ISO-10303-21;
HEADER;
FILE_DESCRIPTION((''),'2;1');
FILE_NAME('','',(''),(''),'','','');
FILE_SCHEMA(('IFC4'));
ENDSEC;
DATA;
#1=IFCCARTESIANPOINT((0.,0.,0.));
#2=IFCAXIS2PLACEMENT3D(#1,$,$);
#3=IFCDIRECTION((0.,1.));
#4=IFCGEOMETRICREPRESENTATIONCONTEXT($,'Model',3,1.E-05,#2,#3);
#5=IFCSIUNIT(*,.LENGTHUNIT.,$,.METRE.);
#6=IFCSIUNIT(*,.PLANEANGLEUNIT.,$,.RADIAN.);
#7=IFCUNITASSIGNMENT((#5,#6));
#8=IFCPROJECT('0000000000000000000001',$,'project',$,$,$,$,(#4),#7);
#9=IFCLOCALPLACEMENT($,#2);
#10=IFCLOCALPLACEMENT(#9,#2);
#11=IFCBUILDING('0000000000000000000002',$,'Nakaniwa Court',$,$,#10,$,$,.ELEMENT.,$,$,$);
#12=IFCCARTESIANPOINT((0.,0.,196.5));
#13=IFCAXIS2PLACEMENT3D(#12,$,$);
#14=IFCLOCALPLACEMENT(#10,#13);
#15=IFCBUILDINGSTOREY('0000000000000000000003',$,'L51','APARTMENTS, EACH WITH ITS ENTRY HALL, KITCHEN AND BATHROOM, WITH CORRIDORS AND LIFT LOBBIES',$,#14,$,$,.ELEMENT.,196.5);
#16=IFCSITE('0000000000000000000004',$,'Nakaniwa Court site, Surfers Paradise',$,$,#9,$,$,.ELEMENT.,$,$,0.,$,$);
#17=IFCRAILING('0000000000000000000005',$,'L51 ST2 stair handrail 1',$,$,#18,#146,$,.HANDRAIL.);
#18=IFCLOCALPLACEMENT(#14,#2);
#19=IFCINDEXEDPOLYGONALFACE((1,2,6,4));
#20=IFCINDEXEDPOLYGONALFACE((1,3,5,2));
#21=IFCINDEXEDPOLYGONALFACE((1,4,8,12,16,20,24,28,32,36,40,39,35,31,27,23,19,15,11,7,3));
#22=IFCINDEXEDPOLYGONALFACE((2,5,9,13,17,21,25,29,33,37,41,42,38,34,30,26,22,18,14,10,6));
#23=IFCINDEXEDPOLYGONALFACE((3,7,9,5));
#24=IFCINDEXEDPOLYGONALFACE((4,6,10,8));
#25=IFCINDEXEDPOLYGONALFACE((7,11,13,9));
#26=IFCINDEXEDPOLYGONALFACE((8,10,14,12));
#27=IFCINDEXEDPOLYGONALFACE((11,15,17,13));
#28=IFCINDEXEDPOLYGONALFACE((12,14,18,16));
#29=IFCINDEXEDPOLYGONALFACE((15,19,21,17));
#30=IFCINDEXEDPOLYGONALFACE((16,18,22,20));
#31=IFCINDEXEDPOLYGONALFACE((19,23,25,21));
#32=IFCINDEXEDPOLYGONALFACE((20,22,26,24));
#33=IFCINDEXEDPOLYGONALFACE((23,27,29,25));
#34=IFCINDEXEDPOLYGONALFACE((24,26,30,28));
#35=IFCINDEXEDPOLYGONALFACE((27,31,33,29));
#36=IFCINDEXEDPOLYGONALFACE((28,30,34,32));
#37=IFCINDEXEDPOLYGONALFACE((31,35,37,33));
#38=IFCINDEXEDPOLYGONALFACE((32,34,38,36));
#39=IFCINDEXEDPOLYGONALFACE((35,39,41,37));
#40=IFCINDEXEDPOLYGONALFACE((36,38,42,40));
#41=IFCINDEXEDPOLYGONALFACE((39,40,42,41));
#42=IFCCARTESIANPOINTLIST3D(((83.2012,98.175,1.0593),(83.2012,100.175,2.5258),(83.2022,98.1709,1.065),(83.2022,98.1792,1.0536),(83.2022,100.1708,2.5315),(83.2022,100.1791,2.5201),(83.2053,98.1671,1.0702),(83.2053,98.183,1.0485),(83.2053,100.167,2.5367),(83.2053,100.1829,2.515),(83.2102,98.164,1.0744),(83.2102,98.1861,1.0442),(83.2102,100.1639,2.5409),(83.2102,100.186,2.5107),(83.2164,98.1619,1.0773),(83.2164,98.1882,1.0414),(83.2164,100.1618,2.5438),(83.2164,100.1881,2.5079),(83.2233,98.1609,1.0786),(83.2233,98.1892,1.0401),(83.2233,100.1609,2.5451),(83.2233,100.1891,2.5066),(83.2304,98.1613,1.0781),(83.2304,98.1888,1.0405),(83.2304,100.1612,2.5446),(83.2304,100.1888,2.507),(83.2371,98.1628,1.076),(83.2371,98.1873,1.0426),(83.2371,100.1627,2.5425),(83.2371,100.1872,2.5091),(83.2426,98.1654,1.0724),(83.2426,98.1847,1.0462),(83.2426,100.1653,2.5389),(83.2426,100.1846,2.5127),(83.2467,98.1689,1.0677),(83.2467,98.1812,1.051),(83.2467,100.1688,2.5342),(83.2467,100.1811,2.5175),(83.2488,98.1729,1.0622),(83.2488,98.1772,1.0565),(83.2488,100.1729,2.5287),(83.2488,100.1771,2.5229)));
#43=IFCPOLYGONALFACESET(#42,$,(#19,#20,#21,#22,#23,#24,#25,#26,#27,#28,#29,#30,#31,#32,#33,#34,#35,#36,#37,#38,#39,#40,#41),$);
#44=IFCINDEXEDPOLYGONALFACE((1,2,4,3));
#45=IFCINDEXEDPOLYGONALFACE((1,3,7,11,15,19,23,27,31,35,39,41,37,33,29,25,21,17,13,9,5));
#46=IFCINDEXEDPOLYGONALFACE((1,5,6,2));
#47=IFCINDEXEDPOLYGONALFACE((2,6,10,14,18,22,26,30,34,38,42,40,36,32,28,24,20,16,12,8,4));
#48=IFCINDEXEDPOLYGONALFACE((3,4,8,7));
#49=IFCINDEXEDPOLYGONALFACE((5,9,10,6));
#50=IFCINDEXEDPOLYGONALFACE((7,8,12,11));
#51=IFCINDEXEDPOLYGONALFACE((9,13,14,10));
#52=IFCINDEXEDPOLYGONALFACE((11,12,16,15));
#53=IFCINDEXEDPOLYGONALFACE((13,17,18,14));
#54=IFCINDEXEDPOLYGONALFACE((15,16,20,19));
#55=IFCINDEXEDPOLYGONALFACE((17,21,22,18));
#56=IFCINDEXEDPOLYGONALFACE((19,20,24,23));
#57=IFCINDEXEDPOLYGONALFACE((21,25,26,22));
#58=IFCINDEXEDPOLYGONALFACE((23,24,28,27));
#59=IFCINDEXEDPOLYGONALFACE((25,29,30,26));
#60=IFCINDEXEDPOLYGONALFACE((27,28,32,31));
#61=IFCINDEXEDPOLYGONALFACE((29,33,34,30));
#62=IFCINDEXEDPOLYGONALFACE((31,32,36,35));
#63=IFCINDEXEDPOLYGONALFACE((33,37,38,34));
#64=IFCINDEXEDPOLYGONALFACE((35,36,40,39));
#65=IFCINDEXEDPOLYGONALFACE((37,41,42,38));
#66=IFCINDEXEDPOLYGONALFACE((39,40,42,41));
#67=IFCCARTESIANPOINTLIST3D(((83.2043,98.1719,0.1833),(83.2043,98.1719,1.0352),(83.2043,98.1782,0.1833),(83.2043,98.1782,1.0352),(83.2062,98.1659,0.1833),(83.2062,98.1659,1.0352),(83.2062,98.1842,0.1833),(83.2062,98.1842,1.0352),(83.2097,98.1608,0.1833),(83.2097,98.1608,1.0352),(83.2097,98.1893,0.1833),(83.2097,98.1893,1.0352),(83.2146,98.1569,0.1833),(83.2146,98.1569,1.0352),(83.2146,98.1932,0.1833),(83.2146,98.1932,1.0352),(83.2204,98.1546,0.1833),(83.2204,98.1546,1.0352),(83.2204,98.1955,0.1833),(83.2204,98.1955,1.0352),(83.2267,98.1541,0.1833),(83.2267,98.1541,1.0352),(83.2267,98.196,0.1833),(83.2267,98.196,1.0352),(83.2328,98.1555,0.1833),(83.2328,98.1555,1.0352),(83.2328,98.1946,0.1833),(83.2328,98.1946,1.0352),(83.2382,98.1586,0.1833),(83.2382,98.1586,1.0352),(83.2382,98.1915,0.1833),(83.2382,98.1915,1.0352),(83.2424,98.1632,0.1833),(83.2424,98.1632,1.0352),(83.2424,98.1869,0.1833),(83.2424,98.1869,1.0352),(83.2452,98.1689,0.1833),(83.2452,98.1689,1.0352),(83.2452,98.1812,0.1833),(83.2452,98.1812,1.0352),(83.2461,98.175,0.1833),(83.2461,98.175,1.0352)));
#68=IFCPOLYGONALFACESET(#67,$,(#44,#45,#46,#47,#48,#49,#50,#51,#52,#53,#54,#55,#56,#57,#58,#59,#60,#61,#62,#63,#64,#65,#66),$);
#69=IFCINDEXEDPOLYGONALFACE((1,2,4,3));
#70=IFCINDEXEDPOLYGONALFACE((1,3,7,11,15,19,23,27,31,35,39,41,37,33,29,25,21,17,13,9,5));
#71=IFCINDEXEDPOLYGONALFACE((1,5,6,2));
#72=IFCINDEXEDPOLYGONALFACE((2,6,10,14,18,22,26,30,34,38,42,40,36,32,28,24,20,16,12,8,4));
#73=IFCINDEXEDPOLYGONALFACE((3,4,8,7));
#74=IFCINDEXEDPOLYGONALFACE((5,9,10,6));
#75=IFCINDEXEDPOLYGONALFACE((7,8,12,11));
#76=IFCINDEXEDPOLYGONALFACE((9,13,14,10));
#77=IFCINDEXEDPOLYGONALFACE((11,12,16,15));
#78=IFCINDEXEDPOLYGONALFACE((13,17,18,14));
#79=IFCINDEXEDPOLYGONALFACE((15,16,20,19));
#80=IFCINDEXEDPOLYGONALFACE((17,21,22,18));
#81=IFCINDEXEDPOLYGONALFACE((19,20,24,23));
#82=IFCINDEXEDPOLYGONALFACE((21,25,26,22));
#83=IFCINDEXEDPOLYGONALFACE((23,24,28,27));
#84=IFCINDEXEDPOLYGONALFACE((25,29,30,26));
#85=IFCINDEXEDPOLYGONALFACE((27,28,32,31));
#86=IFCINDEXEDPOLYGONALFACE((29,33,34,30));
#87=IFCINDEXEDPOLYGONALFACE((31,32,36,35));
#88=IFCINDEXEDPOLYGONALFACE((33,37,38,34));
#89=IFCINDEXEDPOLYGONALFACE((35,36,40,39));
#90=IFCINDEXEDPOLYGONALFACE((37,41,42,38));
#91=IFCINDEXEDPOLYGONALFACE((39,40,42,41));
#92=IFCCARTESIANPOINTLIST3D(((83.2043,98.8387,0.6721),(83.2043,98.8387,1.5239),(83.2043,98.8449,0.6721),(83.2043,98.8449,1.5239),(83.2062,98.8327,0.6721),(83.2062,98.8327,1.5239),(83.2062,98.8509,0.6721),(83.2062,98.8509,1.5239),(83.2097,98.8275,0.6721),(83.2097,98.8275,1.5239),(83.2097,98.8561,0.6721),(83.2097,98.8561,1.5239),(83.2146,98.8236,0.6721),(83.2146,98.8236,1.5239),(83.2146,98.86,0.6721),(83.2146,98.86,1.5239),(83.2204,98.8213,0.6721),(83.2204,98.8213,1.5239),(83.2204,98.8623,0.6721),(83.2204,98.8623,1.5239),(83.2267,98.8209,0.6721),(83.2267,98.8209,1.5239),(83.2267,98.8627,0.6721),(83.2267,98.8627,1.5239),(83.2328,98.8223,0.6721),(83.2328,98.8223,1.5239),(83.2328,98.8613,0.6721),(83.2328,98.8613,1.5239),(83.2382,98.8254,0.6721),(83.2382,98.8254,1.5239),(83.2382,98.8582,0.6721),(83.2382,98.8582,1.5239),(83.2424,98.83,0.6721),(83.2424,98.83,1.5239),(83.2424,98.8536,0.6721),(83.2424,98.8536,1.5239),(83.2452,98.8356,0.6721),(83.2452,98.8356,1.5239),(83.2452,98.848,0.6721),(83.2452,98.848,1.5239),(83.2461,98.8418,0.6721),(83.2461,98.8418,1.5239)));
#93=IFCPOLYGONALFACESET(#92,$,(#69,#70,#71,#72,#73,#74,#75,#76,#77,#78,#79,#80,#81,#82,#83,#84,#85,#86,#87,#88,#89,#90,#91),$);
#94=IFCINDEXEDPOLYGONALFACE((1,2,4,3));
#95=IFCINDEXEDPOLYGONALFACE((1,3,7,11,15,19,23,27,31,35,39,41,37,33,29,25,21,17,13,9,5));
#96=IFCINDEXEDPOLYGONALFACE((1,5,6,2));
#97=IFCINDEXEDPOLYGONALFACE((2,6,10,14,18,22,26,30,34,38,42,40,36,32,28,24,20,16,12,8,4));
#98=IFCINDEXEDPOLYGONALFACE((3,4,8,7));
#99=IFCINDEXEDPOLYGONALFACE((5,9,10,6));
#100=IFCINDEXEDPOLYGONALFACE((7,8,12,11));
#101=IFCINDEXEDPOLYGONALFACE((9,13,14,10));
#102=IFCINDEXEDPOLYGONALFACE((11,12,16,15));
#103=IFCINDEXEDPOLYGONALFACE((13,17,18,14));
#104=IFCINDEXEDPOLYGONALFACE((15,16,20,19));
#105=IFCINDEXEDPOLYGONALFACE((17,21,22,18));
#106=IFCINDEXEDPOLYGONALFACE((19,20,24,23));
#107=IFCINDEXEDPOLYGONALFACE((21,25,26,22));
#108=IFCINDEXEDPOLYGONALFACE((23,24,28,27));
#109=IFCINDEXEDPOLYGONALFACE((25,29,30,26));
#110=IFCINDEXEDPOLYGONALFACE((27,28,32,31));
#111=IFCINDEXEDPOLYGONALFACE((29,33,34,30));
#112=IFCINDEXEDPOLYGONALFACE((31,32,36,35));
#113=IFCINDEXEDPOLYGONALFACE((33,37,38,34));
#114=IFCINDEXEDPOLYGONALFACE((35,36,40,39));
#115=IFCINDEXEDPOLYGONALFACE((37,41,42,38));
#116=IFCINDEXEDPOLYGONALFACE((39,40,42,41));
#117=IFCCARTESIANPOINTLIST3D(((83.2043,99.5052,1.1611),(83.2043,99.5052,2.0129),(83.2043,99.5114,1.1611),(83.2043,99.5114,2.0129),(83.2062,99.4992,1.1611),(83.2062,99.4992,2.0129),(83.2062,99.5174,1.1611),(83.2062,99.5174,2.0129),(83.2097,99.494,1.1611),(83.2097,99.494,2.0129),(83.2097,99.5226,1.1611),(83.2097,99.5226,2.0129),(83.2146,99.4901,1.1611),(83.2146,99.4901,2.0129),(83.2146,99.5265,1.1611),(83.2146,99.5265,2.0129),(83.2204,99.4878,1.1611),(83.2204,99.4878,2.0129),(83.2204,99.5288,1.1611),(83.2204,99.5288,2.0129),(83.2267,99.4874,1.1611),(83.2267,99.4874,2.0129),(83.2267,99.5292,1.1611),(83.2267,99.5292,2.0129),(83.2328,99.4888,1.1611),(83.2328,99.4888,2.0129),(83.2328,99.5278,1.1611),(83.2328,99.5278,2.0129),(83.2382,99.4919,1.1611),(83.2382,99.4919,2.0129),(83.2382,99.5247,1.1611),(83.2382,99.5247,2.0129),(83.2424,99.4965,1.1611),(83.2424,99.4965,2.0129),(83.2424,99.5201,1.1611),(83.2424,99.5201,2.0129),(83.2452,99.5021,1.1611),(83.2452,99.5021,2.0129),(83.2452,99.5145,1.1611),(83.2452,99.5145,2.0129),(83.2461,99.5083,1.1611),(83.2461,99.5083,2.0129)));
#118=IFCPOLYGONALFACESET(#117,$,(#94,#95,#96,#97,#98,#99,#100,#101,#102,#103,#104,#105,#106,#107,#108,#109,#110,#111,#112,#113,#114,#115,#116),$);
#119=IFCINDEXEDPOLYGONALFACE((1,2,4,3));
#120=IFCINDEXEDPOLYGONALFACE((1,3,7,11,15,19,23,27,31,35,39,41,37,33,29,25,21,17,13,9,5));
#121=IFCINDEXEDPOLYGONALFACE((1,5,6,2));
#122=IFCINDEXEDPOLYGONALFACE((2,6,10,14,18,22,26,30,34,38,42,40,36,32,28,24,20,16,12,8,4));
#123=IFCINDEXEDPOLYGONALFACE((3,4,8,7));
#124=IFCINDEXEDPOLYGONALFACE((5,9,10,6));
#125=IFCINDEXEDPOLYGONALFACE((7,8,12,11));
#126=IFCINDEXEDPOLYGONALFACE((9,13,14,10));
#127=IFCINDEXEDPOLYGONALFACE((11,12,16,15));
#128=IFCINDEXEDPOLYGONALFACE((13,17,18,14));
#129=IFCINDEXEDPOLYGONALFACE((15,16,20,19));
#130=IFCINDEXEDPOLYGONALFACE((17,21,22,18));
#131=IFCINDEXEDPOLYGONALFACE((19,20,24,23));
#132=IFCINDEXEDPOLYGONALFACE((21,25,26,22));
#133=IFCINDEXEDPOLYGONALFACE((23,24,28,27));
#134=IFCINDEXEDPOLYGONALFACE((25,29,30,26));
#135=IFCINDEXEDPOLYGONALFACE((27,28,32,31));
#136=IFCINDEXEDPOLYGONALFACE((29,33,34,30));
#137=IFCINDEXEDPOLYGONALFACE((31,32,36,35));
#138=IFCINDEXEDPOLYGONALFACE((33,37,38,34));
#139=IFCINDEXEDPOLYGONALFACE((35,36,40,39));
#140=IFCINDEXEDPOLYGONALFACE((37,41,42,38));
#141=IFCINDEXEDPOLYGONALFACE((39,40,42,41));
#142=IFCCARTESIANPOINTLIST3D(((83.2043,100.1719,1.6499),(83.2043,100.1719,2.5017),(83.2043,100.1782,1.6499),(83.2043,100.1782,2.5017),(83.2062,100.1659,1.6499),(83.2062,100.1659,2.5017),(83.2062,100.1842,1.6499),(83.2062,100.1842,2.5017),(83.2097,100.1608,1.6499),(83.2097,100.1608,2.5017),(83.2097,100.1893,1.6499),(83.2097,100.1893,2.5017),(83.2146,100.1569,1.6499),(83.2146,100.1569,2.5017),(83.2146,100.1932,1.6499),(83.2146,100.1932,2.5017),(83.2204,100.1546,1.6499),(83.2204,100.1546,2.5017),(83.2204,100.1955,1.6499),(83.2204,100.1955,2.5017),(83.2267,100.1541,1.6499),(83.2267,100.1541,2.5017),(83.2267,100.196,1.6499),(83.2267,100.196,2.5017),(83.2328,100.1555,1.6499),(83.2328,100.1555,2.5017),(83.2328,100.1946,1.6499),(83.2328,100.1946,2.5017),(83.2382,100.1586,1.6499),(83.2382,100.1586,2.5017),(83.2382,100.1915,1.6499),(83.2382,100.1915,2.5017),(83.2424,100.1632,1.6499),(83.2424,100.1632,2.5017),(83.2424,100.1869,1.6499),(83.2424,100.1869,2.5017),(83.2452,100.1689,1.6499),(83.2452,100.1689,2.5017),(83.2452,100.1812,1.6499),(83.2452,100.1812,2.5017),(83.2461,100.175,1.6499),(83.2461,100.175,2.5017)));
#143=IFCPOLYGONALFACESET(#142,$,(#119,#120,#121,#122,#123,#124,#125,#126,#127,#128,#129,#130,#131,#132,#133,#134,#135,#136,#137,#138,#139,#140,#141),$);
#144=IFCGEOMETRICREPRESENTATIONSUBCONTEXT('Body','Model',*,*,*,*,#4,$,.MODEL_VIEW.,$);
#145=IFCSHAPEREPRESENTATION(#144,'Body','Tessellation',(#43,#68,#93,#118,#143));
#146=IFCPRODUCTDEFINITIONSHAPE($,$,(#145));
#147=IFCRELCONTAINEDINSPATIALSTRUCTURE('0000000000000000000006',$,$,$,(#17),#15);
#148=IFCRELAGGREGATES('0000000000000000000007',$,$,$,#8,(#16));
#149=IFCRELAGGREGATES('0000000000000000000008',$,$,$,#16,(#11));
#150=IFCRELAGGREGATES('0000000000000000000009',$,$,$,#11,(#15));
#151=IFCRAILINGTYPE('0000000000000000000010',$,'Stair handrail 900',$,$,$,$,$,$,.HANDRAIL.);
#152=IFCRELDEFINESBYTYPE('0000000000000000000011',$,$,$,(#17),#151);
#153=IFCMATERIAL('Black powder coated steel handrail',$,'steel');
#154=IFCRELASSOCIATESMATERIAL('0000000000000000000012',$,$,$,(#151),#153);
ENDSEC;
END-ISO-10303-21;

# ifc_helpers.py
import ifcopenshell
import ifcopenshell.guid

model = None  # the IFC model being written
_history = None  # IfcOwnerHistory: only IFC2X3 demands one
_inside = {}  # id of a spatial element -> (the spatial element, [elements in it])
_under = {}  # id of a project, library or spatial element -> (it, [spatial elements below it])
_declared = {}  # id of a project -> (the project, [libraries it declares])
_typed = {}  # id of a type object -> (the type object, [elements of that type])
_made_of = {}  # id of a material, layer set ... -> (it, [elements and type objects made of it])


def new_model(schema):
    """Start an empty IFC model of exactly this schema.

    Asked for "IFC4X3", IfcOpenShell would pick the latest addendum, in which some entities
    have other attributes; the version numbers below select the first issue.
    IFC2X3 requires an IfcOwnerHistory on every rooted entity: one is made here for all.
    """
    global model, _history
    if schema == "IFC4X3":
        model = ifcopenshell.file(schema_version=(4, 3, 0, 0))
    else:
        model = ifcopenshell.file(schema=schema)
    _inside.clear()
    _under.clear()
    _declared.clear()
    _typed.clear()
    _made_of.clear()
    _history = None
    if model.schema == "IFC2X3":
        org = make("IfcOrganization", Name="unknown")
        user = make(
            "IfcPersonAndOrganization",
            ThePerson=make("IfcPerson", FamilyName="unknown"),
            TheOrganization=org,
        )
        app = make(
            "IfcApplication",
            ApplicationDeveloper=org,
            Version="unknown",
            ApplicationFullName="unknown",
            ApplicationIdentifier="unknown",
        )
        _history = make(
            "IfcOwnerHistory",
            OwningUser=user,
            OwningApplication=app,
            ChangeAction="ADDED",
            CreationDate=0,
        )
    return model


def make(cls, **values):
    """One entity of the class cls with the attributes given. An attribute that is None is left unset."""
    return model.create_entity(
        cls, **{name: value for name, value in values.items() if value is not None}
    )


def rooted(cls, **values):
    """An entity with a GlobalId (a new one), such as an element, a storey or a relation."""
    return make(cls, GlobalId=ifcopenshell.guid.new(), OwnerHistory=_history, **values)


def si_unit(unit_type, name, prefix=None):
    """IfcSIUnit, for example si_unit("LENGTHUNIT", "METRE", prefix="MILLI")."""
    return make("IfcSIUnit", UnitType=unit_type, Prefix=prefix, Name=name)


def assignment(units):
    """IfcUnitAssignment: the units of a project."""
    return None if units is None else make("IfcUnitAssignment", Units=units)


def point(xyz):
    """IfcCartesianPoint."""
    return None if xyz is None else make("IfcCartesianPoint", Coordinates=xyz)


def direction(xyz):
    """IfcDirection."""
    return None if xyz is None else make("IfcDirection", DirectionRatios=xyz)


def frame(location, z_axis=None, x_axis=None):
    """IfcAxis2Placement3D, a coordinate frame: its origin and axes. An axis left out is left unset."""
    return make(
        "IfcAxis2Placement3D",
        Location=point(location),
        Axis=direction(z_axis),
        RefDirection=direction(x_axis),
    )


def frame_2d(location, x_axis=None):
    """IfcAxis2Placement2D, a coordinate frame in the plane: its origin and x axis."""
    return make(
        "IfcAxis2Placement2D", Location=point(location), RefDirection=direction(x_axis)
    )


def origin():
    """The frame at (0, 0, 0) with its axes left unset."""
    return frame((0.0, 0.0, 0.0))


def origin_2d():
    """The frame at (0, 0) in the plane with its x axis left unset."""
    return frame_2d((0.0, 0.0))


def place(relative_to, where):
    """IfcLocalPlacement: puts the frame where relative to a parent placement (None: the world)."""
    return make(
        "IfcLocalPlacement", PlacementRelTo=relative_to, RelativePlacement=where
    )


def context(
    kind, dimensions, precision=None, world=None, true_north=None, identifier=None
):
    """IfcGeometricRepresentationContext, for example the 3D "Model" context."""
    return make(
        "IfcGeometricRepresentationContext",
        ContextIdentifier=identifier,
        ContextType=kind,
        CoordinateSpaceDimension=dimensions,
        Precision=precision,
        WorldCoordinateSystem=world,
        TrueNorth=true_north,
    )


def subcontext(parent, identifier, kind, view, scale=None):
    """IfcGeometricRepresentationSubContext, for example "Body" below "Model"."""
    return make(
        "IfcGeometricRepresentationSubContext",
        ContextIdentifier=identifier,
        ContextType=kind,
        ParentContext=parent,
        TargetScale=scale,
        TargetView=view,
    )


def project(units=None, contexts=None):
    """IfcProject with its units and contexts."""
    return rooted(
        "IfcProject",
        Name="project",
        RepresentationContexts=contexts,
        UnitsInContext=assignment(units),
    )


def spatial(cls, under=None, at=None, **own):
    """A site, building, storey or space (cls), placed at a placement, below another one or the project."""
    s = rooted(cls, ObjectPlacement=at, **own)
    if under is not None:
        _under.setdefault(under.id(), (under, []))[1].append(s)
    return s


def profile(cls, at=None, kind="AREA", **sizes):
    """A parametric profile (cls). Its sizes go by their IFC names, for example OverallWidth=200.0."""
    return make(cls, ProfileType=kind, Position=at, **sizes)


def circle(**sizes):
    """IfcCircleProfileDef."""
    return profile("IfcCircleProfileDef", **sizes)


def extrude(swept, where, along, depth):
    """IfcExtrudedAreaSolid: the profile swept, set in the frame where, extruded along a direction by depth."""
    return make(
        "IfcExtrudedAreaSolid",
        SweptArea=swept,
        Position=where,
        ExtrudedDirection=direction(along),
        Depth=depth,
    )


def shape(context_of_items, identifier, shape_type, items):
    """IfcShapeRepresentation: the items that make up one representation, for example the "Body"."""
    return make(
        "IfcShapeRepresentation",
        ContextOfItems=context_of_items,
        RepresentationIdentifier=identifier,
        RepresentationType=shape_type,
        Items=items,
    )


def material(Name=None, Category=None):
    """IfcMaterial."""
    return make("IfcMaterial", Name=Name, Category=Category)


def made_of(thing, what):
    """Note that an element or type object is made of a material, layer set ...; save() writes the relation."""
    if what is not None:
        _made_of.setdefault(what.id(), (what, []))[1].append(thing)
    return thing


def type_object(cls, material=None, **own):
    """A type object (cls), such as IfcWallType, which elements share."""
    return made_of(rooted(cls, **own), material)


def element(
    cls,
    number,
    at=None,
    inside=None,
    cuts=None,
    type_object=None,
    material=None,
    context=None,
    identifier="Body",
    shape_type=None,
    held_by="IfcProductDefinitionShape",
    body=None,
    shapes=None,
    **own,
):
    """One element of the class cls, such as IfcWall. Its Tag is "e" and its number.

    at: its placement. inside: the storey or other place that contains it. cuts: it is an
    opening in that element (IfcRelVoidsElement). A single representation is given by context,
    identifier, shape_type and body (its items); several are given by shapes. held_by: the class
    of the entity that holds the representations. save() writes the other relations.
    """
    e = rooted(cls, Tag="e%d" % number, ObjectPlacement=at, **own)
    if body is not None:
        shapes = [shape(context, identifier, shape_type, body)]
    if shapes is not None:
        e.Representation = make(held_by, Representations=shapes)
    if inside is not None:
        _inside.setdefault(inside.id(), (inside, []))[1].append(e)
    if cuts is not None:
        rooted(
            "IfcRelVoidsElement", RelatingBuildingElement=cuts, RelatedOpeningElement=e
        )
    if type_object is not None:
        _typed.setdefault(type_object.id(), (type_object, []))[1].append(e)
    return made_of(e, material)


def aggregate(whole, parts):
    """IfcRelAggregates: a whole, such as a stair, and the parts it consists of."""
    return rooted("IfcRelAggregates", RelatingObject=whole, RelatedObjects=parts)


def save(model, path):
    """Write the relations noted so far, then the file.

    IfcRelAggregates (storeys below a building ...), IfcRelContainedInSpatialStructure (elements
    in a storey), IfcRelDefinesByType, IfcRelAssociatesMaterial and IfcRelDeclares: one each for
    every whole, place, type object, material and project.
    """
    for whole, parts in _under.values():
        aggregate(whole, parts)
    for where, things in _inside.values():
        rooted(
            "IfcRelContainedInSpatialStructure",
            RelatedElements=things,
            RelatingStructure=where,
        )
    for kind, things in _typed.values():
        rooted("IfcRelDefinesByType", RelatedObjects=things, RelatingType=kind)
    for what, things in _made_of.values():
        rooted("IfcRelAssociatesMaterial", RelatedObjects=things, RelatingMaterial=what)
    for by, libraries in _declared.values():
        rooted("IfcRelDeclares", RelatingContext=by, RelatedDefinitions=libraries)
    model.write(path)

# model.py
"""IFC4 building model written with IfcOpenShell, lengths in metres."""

from ifc_helpers import new_model, si_unit, direction, frame, origin, origin_2d, place, context, subcontext, project, spatial, circle, extrude, material, type_object, element, save


model = new_model("IFC4")

# Units and contexts
model_context = context("Model", 3, precision=1e-05, world=origin(), true_north=direction((0.0, 1.0)))
body_context = subcontext(model_context, "Body", "Model", "MODEL_VIEW")
ifc_project = project(units=[si_unit("LENGTHUNIT", "METRE"), si_unit("PLANEANGLEUNIT", "RADIAN")], contexts=[model_context])

# Site, building, storey
site_placement = place(None, origin())
site = spatial("IfcSite", under=ifc_project, at=site_placement, Name="Nakaniwa Court site, Surfers Paradise", CompositionType="ELEMENT", RefElevation=0.0)
building_placement = place(site_placement, origin())
building = spatial("IfcBuilding", under=site, at=building_placement, Name="Nakaniwa Court", CompositionType="ELEMENT")
storey_placement = place(building_placement, frame((0.0, 0.0, 196.5)))
storey = spatial("IfcBuildingStorey", under=building, at=storey_placement, Name="L51", Description="APARTMENTS, EACH WITH ITS ENTRY HALL, KITCHEN AND BATHROOM, WITH CORRIDORS AND LIFT LOBBIES", CompositionType="ELEMENT", Elevation=196.5)

# Railing
ifc_material_1 = material(Name="Black powder coated steel handrail", Category="steel")
railing_type_1 = type_object("IfcRailingType", Name="Stair handrail 900", PredefinedType="HANDRAIL", material=ifc_material_1)
railing_1_placement = place(storey_placement, frame((83.2251, 98.175, 0.1833)))
element("IfcRailing", 1, at=railing_1_placement, inside=storey, type_object=railing_type_1, Name="L51 ST2 stair handrail 1", PredefinedType="HANDRAIL", context=body_context, shape_type="SweptSolid", body=[
    extrude(circle(Radius=0.0239, at=origin_2d()), frame((0.0, 0.0, 0.876), z_axis=(0.0, 0.806427, 0.591334), x_axis=(-1.0, 0.0, 0.0)), (0.0, 0.0, 1.0), 2.48),
    extrude(circle(Radius=0.021, at=origin_2d()), origin(), (0.0, 0.0, 1.0), 0.8518),
    extrude(circle(Radius=0.021, at=origin_2d()), frame((0.0, 0.6667, 0.4888)), (0.0, 0.0, 1.0), 0.8518),
    extrude(circle(Radius=0.021, at=origin_2d()), frame((0.0, 1.3333, 0.9778)), (0.0, 0.0, 1.0), 0.8518),
    extrude(circle(Radius=0.021, at=origin_2d()), frame((0.0, 2.0, 1.4666)), (0.0, 0.0, 1.0), 0.8518),
])

save(model, "model.ifc")
